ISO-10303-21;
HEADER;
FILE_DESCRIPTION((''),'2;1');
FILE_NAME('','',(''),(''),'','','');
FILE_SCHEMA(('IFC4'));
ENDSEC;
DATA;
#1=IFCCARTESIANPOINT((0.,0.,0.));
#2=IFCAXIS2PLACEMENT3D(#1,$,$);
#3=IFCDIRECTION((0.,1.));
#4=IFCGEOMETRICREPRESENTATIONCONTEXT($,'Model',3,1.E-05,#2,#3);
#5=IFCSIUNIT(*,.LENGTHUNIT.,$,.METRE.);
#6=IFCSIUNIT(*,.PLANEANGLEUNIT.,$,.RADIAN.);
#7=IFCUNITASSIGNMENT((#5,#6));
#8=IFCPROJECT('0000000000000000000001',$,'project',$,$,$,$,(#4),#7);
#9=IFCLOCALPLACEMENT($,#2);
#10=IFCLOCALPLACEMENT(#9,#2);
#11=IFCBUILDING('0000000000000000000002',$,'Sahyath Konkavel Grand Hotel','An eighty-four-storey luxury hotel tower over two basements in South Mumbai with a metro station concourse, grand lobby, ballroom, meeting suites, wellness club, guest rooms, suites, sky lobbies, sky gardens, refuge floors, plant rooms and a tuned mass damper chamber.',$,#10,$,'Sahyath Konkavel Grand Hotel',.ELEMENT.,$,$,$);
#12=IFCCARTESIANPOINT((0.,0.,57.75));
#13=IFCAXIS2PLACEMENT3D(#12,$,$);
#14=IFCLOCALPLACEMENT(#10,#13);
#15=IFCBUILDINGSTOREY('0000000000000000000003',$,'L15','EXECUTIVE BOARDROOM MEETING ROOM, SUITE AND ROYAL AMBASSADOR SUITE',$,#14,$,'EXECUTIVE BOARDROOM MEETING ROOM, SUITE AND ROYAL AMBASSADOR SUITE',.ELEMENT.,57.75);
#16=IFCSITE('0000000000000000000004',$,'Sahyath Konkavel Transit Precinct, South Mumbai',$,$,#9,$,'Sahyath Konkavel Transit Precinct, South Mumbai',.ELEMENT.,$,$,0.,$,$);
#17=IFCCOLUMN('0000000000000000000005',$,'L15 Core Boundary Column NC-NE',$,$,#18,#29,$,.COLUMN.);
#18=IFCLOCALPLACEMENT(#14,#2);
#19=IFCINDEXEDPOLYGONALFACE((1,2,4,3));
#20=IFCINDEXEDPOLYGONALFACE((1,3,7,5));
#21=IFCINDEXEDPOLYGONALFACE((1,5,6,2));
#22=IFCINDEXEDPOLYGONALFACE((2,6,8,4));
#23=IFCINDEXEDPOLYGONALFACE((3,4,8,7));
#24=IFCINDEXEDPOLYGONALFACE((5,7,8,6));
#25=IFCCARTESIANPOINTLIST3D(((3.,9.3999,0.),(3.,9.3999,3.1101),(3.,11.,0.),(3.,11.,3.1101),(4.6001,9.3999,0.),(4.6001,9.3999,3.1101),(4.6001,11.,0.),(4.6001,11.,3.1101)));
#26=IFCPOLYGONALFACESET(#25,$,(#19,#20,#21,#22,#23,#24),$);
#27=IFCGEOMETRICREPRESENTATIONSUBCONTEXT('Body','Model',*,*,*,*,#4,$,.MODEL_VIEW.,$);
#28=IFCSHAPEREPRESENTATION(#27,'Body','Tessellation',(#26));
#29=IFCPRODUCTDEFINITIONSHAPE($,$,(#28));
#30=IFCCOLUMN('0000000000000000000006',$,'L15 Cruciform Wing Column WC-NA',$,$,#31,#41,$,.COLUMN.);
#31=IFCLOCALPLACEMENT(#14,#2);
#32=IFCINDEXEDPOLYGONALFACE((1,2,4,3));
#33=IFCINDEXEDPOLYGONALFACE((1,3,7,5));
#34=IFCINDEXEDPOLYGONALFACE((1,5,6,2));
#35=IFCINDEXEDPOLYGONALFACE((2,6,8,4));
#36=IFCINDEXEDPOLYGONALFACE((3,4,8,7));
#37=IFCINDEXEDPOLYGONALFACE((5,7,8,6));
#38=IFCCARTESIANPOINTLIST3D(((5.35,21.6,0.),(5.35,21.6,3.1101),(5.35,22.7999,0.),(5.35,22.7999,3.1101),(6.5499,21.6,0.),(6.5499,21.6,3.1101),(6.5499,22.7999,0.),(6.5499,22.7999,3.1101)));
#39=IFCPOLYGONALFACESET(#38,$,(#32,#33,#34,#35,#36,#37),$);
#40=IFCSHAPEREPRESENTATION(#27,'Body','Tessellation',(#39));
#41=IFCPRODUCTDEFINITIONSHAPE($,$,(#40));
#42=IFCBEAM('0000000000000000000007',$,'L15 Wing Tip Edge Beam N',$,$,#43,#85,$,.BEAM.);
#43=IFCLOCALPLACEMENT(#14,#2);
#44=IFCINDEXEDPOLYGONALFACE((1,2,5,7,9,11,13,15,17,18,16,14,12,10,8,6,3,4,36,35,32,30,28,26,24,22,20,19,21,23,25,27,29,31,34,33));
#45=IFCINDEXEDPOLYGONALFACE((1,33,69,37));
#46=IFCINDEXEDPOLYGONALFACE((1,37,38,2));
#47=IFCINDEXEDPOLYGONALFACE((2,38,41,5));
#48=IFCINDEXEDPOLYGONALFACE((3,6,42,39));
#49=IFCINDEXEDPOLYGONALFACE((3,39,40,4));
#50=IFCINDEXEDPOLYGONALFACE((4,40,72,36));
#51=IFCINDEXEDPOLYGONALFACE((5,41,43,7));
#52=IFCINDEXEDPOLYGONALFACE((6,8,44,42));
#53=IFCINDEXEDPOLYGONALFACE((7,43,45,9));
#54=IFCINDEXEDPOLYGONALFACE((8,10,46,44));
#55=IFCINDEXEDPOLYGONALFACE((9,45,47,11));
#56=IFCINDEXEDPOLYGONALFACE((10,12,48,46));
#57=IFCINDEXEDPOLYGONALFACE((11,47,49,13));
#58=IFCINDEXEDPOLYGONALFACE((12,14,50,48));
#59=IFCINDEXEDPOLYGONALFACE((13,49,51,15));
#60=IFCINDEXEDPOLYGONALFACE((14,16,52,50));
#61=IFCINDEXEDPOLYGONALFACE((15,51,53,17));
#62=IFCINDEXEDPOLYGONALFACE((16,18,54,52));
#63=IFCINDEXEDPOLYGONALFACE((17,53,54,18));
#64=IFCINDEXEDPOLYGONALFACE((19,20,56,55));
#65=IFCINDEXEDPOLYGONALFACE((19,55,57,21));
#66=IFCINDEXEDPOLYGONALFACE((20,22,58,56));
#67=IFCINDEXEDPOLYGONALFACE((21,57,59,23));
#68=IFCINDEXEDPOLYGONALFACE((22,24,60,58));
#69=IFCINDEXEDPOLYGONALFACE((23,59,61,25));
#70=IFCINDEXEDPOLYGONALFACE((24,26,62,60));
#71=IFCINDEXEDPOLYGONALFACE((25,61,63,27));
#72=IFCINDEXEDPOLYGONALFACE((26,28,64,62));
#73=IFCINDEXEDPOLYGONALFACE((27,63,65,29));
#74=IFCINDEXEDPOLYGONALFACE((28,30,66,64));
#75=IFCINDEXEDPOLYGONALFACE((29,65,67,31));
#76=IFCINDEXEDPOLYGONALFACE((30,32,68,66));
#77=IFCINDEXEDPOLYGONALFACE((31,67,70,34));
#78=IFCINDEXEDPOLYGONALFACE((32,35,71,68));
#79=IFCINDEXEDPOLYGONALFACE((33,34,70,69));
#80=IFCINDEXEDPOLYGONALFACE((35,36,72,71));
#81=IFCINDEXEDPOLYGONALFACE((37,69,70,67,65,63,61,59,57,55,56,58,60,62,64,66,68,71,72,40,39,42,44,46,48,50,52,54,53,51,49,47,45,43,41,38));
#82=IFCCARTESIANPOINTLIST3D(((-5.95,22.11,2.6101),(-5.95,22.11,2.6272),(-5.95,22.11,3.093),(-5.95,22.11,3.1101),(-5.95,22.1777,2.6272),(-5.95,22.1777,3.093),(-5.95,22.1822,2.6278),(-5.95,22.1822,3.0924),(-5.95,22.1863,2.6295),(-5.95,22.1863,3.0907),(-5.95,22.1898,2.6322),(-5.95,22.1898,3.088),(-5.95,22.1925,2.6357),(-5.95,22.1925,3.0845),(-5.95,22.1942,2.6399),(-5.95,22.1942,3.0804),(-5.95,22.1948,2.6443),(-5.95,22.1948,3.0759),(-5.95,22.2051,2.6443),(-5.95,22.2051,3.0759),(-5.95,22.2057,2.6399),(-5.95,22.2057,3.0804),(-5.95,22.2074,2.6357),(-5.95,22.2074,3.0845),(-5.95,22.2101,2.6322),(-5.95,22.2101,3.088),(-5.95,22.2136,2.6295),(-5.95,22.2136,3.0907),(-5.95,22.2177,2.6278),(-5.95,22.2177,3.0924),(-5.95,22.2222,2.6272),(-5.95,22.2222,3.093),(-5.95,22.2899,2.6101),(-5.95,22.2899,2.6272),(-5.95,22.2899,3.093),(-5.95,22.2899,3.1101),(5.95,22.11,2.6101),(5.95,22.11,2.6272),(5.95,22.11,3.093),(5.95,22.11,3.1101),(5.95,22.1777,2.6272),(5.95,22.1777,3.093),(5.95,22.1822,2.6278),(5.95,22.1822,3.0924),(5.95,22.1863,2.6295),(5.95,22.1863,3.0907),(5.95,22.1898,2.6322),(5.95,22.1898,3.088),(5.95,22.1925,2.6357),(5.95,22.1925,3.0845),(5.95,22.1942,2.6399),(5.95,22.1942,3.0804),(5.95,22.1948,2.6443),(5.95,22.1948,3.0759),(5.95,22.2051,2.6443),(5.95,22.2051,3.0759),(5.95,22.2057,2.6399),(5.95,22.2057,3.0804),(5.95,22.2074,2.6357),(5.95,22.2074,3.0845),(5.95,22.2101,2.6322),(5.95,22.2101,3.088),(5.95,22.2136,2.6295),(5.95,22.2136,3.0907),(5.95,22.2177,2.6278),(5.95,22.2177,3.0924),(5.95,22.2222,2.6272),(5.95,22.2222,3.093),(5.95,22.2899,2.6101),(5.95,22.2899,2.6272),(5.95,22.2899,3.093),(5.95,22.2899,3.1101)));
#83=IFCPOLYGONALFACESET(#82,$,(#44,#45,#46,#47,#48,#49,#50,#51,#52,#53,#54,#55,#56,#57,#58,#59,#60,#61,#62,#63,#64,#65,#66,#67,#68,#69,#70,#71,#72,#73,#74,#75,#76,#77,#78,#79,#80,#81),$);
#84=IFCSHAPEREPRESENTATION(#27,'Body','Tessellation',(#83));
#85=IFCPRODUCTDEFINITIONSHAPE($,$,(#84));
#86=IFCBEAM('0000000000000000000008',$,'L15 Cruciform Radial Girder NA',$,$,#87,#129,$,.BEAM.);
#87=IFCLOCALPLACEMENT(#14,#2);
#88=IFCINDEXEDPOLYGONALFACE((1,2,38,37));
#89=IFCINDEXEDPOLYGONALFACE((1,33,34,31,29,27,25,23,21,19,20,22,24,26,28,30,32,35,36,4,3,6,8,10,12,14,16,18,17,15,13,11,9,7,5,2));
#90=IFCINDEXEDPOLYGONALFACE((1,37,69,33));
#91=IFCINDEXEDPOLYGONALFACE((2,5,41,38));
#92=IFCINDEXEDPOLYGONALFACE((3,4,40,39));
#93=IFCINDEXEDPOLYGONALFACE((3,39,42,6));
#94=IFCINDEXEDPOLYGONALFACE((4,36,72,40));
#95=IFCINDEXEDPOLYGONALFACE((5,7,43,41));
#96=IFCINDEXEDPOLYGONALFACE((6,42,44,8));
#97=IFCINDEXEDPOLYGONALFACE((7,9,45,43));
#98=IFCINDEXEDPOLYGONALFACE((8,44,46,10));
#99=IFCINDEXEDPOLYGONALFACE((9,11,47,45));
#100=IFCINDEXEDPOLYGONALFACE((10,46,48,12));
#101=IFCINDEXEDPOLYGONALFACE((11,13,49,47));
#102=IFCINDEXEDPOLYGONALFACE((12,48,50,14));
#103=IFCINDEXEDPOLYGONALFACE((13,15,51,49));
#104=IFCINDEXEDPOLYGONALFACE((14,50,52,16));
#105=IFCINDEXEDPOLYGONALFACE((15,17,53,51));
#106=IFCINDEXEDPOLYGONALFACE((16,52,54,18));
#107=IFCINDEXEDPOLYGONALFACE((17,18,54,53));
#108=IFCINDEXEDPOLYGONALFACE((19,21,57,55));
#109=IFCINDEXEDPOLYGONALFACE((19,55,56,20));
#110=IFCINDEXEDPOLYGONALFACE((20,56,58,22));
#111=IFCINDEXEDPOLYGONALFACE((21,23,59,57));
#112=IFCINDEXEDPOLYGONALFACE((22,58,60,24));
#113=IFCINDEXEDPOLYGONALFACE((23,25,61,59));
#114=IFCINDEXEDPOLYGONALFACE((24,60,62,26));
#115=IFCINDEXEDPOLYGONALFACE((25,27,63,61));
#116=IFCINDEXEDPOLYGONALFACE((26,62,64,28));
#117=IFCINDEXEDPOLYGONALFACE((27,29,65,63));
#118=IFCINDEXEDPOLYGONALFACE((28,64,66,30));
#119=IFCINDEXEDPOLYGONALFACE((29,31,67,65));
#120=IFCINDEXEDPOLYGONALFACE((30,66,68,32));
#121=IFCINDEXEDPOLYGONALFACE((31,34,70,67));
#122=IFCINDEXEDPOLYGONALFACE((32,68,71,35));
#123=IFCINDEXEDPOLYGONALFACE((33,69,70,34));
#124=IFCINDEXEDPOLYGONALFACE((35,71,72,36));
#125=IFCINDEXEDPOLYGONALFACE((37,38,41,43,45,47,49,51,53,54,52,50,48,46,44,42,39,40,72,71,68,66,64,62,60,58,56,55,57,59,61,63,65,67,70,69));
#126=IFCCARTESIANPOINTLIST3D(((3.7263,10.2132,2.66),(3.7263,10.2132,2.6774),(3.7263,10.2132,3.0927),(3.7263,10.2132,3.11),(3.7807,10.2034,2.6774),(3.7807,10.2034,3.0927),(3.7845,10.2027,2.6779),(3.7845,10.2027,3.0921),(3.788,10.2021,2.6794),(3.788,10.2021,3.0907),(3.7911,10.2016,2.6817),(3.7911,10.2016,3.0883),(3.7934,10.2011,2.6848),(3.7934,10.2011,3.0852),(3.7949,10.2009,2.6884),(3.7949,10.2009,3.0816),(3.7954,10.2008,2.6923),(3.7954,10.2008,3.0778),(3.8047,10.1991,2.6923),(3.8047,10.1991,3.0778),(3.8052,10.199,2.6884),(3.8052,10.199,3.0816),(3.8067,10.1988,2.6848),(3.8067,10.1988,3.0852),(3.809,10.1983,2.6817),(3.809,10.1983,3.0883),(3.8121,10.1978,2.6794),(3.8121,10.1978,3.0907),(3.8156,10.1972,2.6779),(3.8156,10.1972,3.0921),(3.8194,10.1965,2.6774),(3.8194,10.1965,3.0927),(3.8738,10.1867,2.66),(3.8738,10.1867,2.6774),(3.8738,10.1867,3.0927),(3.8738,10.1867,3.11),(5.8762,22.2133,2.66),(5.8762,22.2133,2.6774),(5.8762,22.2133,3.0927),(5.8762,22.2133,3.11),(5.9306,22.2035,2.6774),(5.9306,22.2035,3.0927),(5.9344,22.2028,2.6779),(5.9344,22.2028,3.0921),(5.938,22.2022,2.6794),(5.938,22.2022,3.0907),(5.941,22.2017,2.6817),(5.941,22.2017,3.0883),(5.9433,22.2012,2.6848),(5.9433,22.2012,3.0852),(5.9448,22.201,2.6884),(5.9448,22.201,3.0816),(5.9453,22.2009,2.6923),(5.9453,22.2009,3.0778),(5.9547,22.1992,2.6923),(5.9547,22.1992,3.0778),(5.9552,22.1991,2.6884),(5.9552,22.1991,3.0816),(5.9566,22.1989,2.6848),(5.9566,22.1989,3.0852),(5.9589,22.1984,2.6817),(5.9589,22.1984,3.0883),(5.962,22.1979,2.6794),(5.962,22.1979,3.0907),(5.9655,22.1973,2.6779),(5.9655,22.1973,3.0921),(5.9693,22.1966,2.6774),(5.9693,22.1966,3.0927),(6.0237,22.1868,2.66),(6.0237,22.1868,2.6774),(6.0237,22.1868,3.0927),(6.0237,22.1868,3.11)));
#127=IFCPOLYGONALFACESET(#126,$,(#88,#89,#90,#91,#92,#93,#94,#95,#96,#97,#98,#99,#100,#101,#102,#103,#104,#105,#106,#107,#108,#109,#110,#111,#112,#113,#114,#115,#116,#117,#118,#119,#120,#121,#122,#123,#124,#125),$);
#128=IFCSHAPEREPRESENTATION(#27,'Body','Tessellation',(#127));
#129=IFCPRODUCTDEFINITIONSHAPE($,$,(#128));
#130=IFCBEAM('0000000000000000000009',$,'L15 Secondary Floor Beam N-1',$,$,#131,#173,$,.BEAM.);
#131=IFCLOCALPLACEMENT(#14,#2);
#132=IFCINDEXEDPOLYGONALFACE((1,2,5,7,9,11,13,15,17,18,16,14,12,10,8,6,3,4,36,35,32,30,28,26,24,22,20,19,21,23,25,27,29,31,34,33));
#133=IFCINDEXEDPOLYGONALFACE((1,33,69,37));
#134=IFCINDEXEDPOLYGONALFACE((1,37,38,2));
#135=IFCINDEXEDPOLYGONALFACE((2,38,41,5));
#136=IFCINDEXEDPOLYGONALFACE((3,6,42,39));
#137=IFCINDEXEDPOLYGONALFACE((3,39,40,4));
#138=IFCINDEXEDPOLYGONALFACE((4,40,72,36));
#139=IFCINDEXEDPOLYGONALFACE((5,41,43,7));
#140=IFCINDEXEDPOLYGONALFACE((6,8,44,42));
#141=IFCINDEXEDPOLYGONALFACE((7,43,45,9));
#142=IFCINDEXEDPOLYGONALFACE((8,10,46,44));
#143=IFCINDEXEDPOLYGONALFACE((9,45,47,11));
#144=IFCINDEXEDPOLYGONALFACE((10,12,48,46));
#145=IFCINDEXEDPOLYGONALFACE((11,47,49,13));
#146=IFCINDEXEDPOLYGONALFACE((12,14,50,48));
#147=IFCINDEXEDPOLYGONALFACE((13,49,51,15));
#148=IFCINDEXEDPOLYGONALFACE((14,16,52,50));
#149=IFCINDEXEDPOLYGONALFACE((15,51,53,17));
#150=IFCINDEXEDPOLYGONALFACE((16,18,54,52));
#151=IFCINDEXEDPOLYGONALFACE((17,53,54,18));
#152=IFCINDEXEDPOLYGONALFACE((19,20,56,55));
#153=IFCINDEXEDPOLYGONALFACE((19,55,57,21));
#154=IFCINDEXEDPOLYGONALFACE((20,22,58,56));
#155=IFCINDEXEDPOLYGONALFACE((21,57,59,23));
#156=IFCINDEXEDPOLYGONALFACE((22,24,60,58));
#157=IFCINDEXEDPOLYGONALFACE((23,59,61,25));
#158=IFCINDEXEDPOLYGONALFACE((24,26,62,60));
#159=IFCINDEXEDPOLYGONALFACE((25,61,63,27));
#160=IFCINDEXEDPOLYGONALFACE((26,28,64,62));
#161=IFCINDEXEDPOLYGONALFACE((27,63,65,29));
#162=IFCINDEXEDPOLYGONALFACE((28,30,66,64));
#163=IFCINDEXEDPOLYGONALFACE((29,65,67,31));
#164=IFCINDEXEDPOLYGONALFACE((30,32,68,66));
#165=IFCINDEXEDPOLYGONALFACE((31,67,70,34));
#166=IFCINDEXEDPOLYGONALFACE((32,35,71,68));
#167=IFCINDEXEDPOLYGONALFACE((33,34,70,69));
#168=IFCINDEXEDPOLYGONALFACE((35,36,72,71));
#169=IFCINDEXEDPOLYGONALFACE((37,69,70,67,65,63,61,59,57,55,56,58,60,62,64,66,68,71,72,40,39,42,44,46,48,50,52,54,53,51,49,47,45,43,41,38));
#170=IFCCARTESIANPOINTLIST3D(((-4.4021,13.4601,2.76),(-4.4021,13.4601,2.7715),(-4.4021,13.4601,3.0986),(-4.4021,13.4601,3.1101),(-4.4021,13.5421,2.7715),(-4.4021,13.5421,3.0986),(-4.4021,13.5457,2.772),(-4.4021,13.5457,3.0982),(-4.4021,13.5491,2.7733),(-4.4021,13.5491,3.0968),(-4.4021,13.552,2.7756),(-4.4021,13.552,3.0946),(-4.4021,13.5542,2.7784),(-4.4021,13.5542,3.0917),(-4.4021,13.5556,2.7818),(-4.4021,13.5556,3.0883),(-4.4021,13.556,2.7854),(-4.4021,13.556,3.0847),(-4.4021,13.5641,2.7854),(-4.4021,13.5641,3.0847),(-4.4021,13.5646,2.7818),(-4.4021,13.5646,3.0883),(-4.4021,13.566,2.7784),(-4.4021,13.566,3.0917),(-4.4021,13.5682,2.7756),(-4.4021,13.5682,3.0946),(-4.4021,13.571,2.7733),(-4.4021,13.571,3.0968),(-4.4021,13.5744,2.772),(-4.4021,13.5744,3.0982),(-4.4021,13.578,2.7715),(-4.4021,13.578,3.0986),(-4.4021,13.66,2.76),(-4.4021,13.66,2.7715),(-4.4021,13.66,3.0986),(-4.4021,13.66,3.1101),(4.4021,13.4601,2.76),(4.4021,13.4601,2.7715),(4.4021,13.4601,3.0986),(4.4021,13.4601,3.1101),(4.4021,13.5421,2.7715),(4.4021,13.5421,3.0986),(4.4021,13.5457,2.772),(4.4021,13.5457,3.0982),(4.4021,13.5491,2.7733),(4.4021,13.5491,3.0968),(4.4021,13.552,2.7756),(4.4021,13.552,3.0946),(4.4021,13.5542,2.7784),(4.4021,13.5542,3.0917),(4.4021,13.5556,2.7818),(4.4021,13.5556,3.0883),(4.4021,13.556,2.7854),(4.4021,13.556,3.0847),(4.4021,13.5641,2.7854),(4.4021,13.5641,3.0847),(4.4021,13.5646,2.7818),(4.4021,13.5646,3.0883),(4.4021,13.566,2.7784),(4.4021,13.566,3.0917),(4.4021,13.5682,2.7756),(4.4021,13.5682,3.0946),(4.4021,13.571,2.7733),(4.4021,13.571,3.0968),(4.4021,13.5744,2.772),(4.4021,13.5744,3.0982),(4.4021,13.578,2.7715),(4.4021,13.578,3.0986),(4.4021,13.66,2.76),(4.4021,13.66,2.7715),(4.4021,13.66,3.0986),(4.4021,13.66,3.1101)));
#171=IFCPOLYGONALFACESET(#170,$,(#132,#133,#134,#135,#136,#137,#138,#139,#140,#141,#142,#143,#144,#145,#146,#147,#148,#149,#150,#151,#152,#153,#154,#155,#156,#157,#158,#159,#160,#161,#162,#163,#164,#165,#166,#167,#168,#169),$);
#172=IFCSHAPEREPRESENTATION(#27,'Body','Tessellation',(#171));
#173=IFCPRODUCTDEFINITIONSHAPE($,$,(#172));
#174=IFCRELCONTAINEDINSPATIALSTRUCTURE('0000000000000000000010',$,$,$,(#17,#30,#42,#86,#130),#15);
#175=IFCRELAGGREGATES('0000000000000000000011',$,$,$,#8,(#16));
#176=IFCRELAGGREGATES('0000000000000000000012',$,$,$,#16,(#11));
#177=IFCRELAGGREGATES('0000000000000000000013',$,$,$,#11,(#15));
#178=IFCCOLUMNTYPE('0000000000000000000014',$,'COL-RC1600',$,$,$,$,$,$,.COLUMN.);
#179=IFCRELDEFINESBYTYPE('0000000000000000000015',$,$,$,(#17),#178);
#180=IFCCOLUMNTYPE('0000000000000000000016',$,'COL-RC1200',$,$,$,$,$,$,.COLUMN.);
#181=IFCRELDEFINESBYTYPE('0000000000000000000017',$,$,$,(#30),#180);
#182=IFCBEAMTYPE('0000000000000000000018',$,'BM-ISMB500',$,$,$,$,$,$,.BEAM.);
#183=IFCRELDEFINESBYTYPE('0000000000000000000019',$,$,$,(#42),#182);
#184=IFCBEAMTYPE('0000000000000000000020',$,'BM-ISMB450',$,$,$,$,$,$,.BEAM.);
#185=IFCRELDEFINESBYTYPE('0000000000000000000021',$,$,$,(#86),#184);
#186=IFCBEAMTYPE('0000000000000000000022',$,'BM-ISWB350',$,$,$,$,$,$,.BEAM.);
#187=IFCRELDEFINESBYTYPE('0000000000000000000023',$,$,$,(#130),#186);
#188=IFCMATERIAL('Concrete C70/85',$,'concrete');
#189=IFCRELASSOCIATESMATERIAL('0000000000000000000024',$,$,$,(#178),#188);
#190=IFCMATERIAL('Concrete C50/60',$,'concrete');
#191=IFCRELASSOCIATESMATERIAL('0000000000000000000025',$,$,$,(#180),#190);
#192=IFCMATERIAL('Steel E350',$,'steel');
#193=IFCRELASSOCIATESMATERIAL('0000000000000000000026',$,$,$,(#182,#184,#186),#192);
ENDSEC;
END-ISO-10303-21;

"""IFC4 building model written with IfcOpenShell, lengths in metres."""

from ifc_helpers import new_model, si_unit, direction, frame, origin, origin_2d, place, context, subcontext, project, spatial, rectangle, i_section, extrude, source, transform, mapped, material, material_profile, profile_set, type_object, element, save


model = new_model("IFC4")

# Units and contexts
model_context = context("Model", 3, precision=1e-05, world=origin(), true_north=direction((0.0, 1.0)))
body_context = subcontext(model_context, "Body", "Model", "MODEL_VIEW")
ifc_project = project(units=[si_unit("LENGTHUNIT", "METRE"), si_unit("PLANEANGLEUNIT", "RADIAN")], contexts=[model_context])

# Site, building, storey
site_placement = place(None, origin())
site = spatial("IfcSite", under=ifc_project, at=site_placement, Name="Sahyath Konkavel Transit Precinct, South Mumbai", LongName="Sahyath Konkavel Transit Precinct, South Mumbai", CompositionType="ELEMENT", RefElevation=0.0)
building_placement = place(site_placement, origin())
building = spatial("IfcBuilding", under=site, at=building_placement, Name="Sahyath Konkavel Grand Hotel", Description="An eighty-four-storey luxury hotel tower over two basements in South Mumbai with a metro station concourse, grand lobby, ballroom, meeting suites, wellness club, guest rooms, suites, sky lobbies, sky gardens, refuge floors, plant rooms and a tuned mass damper chamber.", LongName="Sahyath Konkavel Grand Hotel", CompositionType="ELEMENT")
storey_placement = place(building_placement, frame((0.0, 0.0, 57.75)))
storey = spatial("IfcBuildingStorey", under=building, at=storey_placement, Name="L15", Description="EXECUTIVE BOARDROOM MEETING ROOM, SUITE AND ROYAL AMBASSADOR SUITE", LongName="EXECUTIVE BOARDROOM MEETING ROOM, SUITE AND ROYAL AMBASSADOR SUITE", CompositionType="ELEMENT", Elevation=57.75)

# Columns
ifc_material_1 = material(Name="Concrete C70/85", Category="concrete")
ifc_material_profile_1 = material_profile(ifc_material_1, rectangle(XDim=1.6001, YDim=1.6001, at=origin_2d()), Name="RC 1600x1600")
ifc_profile_set_1 = profile_set([ifc_material_profile_1], Name="Concrete C70/85")
column_type_1 = type_object("IfcColumnType", Name="COL-RC1600", PredefinedType="COLUMN", material=ifc_profile_set_1)
shared_shape_1 = source(origin(), body_context, "Body", "SweptSolid", [
    extrude(rectangle(XDim=1.6001, YDim=1.6001, at=origin_2d()), origin(), (0.0, 0.0, 1.0), 3.1101),
])
column_1_placement = place(storey_placement, frame((3.8, 10.2, 0.0), z_axis=(0.0, 0.0, 1.0), x_axis=(1.0, 0.0, 0.0)))
element("IfcColumn", 1, at=column_1_placement, inside=storey, type_object=column_type_1, Name="L15 Core Boundary Column NC-NE", PredefinedType="COLUMN", context=body_context, shape_type="MappedRepresentation", body=[
    mapped(shared_shape_1, transform((0.0, 0.0, 0.0), scale=1.0)),
])
ifc_material_2 = material(Name="Concrete C50/60", Category="concrete")
ifc_material_profile_2 = material_profile(ifc_material_2, rectangle(XDim=1.2, YDim=1.2, at=origin_2d()), Name="RC 1200x1200")
ifc_profile_set_2 = profile_set([ifc_material_profile_2], Name="Concrete C50/60")
column_type_2 = type_object("IfcColumnType", Name="COL-RC1200", PredefinedType="COLUMN", material=ifc_profile_set_2)
shared_shape_2 = source(origin(), body_context, "Body", "SweptSolid", [
    extrude(rectangle(XDim=1.2, YDim=1.2, at=origin_2d()), origin(), (0.0, 0.0, 1.0), 3.1101),
])
column_2_placement = place(storey_placement, frame((5.95, 22.2, 0.0), z_axis=(0.0, 0.0, 1.0), x_axis=(1.0, 0.0, 0.0)))
element("IfcColumn", 2, at=column_2_placement, inside=storey, type_object=column_type_2, Name="L15 Cruciform Wing Column WC-NA", PredefinedType="COLUMN", context=body_context, shape_type="MappedRepresentation", body=[
    mapped(shared_shape_2, transform((0.0, 0.0, 0.0), scale=1.0)),
])

# Beams
ifc_material_3 = material(Name="Steel E350", Category="steel")
ifc_material_profile_3 = material_profile(ifc_material_3, i_section(OverallWidth=0.1799, OverallDepth=0.5, WebThickness=0.0103, FlangeThickness=0.0171, FilletRadius=0.0171, at=origin_2d()), Name="ISMB 500")
ifc_profile_set_3 = profile_set([ifc_material_profile_3], Name="Steel E350")
beam_type_1 = type_object("IfcBeamType", Name="BM-ISMB500", PredefinedType="BEAM", material=ifc_profile_set_3)
shared_shape_3 = source(origin(), body_context, "Body", "SweptSolid", [
    extrude(i_section(OverallWidth=0.1799, OverallDepth=0.5, WebThickness=0.0103, FlangeThickness=0.0171, FilletRadius=0.0171, at=origin_2d()), origin(), (0.0, 0.0, 1.0), 11.8999),
])
beam_1_placement = place(storey_placement, frame((5.95, 22.2, 2.8601), z_axis=(-1.0, 0.0, 0.0), x_axis=(0.0, -1.0, 0.0)))
element("IfcBeam", 3, at=beam_1_placement, inside=storey, type_object=beam_type_1, Name="L15 Wing Tip Edge Beam N", PredefinedType="BEAM", context=body_context, shape_type="MappedRepresentation", body=[
    mapped(shared_shape_3, transform((0.0, 0.0, 0.0), scale=1.0)),
])
ifc_material_profile_4 = material_profile(ifc_material_3, i_section(OverallWidth=0.1499, OverallDepth=0.45, WebThickness=0.0095, FlangeThickness=0.0173, FilletRadius=0.0149, at=origin_2d()), Name="ISMB 450")
ifc_profile_set_4 = profile_set([ifc_material_profile_4], Name="Steel E350")
beam_type_2 = type_object("IfcBeamType", Name="BM-ISMB450", PredefinedType="BEAM", material=ifc_profile_set_4)
shared_shape_4 = source(origin(), body_context, "Body", "SweptSolid", [
    extrude(i_section(OverallWidth=0.1499, OverallDepth=0.45, WebThickness=0.0095, FlangeThickness=0.0173, FilletRadius=0.0149, at=origin_2d()), origin(), (0.0, 0.0, 1.0), 12.1912),
])
beam_2_placement = place(storey_placement, frame((3.8, 10.2, 2.885), z_axis=(0.176351, 0.984327, 0.0), x_axis=(-0.984327, 0.176351, 0.0)))
element("IfcBeam", 4, at=beam_2_placement, inside=storey, type_object=beam_type_2, Name="L15 Cruciform Radial Girder NA", PredefinedType="BEAM", context=body_context, shape_type="MappedRepresentation", body=[
    mapped(shared_shape_4, transform((0.0, 0.0, 0.0), scale=1.0)),
])
ifc_material_profile_5 = material_profile(ifc_material_3, i_section(OverallWidth=0.2, OverallDepth=0.3501, WebThickness=0.0081, FlangeThickness=0.0115, FilletRadius=0.0139, at=origin_2d()), Name="ISWB 350")
ifc_profile_set_5 = profile_set([ifc_material_profile_5], Name="Steel E350")
beam_type_3 = type_object("IfcBeamType", Name="BM-ISWB350", PredefinedType="BEAM", material=ifc_profile_set_5)
shared_shape_5 = source(origin(), body_context, "Body", "SweptSolid", [
    extrude(i_section(OverallWidth=0.2, OverallDepth=0.3501, WebThickness=0.0081, FlangeThickness=0.0115, FilletRadius=0.0139, at=origin_2d()), origin(), (0.0, 0.0, 1.0), 8.8042),
])
beam_3_placement = place(storey_placement, frame((4.4021, 13.5601, 2.9351), z_axis=(-1.0, 0.0, 0.0), x_axis=(0.0, -1.0, 0.0)))
element("IfcBeam", 5, at=beam_3_placement, inside=storey, type_object=beam_type_3, Name="L15 Secondary Floor Beam N-1", PredefinedType="BEAM", context=body_context, shape_type="MappedRepresentation", body=[
    mapped(shared_shape_5, transform((0.0, 0.0, 0.0), scale=1.0)),
])

save(model, "model.ifc")
